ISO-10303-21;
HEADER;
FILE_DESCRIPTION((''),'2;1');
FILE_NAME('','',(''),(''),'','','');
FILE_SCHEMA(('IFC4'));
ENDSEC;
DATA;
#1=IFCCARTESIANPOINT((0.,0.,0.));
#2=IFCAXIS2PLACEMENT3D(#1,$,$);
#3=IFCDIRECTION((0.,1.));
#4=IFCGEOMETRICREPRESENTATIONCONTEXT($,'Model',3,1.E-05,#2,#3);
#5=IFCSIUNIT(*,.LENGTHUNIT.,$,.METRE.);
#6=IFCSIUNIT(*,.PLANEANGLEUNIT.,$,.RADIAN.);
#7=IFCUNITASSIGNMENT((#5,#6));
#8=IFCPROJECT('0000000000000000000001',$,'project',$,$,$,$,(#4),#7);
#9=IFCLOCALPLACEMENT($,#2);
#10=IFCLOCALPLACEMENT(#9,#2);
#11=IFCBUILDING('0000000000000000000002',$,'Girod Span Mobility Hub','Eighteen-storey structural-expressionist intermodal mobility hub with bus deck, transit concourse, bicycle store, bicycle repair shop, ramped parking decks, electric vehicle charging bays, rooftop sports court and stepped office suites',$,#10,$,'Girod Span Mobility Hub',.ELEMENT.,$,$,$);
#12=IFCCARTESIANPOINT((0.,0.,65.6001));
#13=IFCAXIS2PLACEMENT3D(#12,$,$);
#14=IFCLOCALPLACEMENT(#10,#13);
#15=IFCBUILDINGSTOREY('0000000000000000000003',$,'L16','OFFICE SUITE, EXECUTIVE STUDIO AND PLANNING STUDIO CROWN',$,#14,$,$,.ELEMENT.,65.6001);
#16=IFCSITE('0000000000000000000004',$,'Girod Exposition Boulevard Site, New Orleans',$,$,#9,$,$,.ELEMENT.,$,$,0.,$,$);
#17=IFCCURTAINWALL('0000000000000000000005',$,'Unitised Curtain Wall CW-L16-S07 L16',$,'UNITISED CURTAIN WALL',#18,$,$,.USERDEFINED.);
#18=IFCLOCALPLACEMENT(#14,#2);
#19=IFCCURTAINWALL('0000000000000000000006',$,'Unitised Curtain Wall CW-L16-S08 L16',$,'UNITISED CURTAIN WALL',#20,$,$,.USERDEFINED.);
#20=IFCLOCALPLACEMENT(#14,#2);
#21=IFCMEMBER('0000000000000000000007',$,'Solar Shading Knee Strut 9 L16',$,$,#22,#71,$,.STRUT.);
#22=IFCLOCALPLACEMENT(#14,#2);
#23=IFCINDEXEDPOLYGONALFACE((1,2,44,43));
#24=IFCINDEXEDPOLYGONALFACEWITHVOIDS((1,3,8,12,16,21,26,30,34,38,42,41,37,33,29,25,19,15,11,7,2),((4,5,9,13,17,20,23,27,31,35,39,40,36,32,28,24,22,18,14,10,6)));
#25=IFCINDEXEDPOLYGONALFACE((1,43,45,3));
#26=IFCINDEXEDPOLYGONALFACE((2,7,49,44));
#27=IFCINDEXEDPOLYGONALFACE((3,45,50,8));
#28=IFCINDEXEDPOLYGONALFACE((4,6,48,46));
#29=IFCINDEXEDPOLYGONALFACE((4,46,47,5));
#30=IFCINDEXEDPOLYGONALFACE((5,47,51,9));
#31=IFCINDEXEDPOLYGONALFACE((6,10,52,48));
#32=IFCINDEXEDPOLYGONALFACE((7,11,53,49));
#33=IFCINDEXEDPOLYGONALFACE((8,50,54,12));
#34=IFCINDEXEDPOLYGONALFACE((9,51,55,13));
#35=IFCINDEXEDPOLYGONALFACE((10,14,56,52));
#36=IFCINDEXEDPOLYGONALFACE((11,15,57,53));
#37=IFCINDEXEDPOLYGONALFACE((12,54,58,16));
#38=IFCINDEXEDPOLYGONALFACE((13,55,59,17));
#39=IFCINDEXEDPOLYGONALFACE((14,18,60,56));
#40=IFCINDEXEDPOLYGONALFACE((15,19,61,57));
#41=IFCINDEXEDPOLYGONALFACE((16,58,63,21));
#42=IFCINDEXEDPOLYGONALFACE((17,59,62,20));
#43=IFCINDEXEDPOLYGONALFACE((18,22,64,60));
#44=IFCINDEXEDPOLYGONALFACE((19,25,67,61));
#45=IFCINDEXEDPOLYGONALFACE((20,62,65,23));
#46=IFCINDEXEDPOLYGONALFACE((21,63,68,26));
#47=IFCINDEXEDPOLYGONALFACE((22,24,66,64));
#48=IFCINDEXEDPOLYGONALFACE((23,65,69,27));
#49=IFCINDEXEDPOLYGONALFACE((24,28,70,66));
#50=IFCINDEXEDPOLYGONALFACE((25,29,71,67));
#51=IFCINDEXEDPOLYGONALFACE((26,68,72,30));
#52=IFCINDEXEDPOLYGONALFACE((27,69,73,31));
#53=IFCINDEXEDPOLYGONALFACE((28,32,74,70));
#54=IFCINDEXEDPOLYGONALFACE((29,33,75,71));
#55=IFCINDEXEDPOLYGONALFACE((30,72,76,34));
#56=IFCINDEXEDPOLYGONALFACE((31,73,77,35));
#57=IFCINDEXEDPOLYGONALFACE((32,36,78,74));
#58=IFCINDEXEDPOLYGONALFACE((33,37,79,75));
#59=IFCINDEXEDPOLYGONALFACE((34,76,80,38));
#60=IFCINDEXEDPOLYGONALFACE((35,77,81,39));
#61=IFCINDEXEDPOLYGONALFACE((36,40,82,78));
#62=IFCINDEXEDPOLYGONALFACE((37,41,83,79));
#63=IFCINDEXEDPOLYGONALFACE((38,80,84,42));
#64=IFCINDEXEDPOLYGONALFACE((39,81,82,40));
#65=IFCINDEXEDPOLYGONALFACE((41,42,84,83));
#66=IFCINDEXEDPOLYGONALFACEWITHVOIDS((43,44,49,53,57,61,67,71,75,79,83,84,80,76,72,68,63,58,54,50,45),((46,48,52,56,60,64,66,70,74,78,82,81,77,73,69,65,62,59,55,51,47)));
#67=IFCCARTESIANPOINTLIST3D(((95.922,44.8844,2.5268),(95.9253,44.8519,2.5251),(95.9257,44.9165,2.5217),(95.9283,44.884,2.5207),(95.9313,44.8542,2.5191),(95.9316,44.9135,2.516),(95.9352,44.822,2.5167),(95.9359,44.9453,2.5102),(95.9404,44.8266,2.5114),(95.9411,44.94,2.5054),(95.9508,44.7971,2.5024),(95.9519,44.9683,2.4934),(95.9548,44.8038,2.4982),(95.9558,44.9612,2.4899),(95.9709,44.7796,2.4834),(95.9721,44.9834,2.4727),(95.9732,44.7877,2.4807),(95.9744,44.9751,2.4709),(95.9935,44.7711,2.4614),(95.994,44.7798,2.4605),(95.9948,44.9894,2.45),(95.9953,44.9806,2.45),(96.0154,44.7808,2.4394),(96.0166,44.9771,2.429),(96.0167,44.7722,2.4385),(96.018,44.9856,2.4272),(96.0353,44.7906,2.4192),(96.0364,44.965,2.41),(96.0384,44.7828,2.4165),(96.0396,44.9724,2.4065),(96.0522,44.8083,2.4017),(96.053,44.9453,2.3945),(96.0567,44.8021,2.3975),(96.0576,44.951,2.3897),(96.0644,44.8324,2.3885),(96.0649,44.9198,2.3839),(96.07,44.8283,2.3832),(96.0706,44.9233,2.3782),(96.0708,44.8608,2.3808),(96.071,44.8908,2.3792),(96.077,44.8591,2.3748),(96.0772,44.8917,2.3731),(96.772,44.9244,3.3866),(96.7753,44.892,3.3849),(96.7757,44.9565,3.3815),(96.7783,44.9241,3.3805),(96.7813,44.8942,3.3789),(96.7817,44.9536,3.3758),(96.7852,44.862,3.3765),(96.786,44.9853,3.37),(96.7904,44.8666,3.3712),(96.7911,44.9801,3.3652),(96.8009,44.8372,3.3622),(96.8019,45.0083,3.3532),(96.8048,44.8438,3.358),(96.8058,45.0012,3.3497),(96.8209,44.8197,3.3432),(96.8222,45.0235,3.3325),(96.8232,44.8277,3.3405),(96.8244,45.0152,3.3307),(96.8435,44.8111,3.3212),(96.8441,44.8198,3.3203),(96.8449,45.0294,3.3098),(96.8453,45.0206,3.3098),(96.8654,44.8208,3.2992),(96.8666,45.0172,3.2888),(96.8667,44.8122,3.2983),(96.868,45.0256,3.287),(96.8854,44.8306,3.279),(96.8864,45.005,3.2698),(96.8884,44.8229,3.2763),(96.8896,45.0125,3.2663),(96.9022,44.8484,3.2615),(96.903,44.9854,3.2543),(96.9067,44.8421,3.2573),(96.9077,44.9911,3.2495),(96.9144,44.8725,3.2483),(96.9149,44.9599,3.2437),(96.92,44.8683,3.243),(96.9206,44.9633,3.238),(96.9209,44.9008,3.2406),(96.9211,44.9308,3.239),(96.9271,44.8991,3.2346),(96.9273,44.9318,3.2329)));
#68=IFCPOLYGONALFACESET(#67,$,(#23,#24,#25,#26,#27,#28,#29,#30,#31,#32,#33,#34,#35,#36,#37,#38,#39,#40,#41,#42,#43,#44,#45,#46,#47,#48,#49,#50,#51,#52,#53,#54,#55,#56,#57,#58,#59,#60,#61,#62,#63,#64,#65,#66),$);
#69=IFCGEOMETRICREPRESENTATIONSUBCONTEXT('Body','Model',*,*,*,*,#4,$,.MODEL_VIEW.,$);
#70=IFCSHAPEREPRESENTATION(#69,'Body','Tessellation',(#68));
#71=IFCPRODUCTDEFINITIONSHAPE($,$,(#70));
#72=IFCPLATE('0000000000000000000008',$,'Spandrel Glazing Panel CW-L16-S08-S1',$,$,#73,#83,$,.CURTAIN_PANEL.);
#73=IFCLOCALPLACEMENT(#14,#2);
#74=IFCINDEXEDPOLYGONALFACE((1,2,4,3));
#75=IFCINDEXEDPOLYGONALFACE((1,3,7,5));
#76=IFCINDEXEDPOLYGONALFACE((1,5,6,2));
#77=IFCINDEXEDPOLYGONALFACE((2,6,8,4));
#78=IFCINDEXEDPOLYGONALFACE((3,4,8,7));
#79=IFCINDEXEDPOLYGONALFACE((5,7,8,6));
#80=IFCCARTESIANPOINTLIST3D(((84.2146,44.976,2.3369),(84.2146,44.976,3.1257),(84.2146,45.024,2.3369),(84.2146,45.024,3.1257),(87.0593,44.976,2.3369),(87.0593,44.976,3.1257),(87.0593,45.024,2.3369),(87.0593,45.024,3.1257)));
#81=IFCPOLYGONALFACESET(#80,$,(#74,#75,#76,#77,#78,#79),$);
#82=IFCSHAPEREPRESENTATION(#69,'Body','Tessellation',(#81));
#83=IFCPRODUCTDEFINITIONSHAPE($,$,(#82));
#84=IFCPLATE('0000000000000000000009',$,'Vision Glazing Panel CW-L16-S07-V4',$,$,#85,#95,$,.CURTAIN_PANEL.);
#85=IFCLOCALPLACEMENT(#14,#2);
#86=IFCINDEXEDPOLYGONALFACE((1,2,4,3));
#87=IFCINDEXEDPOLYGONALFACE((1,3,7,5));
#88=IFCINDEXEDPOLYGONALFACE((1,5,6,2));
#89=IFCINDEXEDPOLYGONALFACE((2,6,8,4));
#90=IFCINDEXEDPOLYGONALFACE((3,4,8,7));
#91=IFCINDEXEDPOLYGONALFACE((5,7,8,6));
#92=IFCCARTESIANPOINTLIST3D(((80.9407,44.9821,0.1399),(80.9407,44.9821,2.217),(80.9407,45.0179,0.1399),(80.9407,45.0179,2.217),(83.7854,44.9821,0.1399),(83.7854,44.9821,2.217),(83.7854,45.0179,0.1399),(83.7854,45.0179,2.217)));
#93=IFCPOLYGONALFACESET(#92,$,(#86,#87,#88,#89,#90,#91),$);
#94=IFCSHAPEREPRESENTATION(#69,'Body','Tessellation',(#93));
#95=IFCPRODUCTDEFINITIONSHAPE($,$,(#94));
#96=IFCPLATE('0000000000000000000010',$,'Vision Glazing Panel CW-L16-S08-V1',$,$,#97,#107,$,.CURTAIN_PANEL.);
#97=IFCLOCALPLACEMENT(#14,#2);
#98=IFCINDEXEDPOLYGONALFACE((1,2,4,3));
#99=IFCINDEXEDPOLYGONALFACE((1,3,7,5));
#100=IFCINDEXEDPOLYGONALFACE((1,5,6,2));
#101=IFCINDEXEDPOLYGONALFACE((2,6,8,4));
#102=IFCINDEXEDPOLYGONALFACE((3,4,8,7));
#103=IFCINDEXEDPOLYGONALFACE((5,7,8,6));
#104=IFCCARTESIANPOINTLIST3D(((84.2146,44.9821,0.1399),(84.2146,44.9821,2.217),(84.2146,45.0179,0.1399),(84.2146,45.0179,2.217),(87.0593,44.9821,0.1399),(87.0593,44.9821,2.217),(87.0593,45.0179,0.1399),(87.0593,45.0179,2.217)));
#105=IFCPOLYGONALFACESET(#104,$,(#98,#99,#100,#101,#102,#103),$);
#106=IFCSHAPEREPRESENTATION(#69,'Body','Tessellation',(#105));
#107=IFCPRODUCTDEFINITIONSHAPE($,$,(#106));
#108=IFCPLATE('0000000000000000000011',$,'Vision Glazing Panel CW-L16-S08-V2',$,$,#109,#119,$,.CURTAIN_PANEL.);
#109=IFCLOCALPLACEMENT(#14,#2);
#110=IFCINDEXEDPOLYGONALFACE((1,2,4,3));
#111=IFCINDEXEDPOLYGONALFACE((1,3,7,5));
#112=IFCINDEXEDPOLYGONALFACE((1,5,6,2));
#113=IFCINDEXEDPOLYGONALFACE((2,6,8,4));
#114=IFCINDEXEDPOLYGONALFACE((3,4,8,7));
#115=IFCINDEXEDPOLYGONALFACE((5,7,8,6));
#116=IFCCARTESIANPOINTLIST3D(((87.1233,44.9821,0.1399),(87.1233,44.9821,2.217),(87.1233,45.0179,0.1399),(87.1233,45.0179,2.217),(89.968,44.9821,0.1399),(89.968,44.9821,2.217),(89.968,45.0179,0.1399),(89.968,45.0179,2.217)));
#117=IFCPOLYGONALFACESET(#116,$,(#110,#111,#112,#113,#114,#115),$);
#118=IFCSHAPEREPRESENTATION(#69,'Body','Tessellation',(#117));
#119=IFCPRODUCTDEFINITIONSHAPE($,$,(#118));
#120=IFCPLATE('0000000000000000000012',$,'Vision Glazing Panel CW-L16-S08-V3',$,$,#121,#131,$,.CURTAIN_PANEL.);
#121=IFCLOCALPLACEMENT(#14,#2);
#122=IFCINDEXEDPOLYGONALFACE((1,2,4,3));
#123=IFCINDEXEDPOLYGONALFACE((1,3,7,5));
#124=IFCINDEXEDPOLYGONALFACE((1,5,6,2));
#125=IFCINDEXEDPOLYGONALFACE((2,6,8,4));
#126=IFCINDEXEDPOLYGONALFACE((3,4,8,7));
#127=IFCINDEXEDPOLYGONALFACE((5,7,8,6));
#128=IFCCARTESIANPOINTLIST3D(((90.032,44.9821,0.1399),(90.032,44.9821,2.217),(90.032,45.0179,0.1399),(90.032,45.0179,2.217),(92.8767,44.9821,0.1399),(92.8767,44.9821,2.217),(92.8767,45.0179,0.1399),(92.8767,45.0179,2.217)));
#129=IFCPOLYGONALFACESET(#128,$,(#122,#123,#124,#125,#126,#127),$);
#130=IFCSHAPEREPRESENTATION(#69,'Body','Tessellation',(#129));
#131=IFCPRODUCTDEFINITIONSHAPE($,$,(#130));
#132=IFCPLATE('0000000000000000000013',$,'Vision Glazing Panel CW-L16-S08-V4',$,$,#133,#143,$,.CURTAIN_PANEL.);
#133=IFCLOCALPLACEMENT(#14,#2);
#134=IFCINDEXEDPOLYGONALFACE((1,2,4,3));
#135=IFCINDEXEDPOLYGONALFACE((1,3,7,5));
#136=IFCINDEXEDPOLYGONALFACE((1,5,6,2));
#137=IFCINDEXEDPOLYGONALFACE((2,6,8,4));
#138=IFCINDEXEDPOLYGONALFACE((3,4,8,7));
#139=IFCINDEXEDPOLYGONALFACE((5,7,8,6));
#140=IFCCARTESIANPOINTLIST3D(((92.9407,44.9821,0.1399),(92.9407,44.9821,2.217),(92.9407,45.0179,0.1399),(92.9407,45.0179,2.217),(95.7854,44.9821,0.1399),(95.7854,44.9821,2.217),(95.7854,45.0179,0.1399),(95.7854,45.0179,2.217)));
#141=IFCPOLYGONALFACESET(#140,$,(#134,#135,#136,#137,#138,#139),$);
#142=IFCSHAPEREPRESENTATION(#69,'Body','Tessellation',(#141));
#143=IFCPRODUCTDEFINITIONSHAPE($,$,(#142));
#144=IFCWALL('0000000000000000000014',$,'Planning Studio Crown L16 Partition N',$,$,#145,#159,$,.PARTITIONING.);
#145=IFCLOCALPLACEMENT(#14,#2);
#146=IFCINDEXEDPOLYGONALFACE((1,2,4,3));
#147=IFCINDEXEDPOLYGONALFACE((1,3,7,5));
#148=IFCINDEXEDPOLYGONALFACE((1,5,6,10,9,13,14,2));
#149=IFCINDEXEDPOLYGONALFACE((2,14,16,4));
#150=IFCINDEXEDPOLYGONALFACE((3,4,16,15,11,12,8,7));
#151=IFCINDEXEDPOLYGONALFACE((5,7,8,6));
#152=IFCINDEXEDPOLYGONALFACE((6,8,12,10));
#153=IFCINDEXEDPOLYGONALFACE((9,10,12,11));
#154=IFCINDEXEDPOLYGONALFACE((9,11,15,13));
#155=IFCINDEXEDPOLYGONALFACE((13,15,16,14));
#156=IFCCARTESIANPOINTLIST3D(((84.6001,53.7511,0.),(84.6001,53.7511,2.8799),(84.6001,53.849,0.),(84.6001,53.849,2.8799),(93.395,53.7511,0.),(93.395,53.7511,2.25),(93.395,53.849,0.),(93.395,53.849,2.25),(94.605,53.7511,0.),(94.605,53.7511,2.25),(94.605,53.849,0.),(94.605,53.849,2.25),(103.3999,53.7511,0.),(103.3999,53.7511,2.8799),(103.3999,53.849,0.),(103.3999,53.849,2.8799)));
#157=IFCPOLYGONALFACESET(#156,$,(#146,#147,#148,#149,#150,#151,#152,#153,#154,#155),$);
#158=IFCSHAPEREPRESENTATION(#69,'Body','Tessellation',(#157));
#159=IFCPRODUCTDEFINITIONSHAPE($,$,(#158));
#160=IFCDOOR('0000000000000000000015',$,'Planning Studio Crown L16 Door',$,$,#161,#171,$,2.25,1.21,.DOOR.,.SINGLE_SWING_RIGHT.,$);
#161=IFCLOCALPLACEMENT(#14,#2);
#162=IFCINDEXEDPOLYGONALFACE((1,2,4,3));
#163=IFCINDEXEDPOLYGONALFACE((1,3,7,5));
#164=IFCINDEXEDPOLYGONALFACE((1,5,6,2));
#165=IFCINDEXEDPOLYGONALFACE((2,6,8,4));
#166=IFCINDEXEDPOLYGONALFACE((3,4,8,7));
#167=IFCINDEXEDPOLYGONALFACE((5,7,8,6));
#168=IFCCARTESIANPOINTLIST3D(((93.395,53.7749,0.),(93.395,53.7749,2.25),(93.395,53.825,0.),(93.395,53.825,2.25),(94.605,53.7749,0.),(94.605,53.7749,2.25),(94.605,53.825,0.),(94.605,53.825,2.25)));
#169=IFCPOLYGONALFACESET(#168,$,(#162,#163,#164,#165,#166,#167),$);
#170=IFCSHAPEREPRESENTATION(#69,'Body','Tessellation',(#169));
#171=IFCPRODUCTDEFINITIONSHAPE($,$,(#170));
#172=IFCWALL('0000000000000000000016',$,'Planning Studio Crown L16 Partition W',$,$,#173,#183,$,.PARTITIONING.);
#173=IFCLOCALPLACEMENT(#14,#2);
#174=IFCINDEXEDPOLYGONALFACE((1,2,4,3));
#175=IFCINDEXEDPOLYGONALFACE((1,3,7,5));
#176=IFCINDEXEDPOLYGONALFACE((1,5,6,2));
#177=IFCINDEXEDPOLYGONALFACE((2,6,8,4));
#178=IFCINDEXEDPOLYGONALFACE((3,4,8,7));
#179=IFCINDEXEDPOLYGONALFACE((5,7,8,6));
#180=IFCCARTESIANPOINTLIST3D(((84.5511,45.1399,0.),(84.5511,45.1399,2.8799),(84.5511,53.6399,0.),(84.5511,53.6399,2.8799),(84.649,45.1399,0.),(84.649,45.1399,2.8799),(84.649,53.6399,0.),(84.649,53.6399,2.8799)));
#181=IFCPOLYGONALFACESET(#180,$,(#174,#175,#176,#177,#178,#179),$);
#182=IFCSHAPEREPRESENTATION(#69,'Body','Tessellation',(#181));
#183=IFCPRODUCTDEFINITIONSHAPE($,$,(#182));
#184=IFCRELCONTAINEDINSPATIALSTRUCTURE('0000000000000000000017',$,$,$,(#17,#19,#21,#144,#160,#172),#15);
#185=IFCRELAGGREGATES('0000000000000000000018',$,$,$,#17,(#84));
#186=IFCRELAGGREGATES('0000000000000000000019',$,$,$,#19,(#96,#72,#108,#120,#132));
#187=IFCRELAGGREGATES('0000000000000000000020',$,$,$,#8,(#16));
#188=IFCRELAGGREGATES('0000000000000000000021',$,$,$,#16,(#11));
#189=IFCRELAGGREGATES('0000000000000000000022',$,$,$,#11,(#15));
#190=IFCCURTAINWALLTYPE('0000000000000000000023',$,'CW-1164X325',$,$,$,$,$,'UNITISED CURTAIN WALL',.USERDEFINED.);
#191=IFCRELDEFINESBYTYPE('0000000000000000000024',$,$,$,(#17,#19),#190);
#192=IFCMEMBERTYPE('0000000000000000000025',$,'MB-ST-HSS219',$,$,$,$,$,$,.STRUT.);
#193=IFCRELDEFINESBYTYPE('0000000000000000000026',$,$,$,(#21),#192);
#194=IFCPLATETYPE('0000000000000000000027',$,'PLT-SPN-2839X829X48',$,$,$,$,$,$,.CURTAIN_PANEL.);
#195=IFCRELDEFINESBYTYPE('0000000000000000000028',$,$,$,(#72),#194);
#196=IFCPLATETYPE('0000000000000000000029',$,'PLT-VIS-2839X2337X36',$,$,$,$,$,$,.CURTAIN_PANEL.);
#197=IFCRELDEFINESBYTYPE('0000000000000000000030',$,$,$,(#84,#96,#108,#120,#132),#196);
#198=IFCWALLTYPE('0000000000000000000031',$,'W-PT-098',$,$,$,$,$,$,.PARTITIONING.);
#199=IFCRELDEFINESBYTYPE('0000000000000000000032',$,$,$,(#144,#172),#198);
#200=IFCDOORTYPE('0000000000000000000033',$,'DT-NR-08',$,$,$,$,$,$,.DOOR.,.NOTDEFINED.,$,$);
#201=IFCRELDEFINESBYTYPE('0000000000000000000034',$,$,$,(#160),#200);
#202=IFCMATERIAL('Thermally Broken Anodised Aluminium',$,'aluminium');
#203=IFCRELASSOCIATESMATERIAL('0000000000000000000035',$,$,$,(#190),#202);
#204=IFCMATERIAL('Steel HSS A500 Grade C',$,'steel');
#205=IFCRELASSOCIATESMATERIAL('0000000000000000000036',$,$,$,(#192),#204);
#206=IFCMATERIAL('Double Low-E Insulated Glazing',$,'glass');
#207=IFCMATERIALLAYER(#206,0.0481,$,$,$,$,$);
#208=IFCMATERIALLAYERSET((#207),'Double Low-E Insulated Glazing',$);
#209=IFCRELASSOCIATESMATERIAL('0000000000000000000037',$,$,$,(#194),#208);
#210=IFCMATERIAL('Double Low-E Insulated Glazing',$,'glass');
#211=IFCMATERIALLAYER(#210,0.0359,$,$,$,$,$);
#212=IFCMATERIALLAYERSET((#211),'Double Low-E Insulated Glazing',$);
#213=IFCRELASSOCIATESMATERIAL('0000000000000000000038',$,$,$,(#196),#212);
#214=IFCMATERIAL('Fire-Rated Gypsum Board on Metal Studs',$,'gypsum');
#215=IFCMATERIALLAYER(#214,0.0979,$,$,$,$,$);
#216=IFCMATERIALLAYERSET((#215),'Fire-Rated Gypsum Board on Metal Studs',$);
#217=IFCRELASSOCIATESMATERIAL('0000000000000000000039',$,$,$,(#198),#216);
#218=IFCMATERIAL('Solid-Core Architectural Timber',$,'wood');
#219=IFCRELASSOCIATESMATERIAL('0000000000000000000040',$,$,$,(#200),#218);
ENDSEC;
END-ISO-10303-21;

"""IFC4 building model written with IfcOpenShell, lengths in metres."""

from ifc_helpers import new_model, si_unit, direction, frame, frame_2d, origin, origin_2d, place, context, subcontext, project, spatial, rectangle, hollow_circle, extrude, material, layer, layer_set, material_profile, profile_set, type_object, element, fill, aggregate, save


model = new_model("IFC4")

# Units and contexts
model_context = context("Model", 3, precision=1e-05, world=origin(), true_north=direction((0.0, 1.0)))
body_context = subcontext(model_context, "Body", "Model", "MODEL_VIEW")
ifc_project = project(units=[si_unit("LENGTHUNIT", "METRE"), si_unit("PLANEANGLEUNIT", "RADIAN")], contexts=[model_context])

# Site, building, storey
site_placement = place(None, origin())
site = spatial("IfcSite", under=ifc_project, at=site_placement, Name="Girod Exposition Boulevard Site, New Orleans", CompositionType="ELEMENT", RefElevation=0.0)
building_placement = place(site_placement, origin())
building = spatial("IfcBuilding", under=site, at=building_placement, Name="Girod Span Mobility Hub", Description="Eighteen-storey structural-expressionist intermodal mobility hub with bus deck, transit concourse, bicycle store, bicycle repair shop, ramped parking decks, electric vehicle charging bays, rooftop sports court and stepped office suites", LongName="Girod Span Mobility Hub", CompositionType="ELEMENT")
storey_placement = place(building_placement, frame((0.0, 0.0, 65.6001)))
storey = spatial("IfcBuildingStorey", under=building, at=storey_placement, Name="L16", Description="OFFICE SUITE, EXECUTIVE STUDIO AND PLANNING STUDIO CROWN", CompositionType="ELEMENT", Elevation=65.6001)

# Curtain wall
ifc_material_1 = material(Name="Thermally Broken Anodised Aluminium", Category="aluminium")
curtain_wall_type = type_object("IfcCurtainWallType", Name="CW-1164X325", ElementType="UNITISED CURTAIN WALL", PredefinedType="USERDEFINED", material=ifc_material_1)
curtain_wall_1_placement = place(storey_placement, origin())
curtain_wall_1 = element("IfcCurtainWall", 1, at=curtain_wall_1_placement, inside=storey, type_object=curtain_wall_type, Name="Unitised Curtain Wall CW-L16-S07 L16", ObjectType="UNITISED CURTAIN WALL", PredefinedType="USERDEFINED")

# Curtain wall
curtain_wall_2_placement = place(storey_placement, origin())
curtain_wall_2 = element("IfcCurtainWall", 2, at=curtain_wall_2_placement, inside=storey, type_object=curtain_wall_type, Name="Unitised Curtain Wall CW-L16-S08 L16", ObjectType="UNITISED CURTAIN WALL", PredefinedType="USERDEFINED")

# Member
ifc_material_2 = material(Name="Steel HSS A500 Grade C", Category="steel")
ifc_material_profile_1 = material_profile(ifc_material_2, hollow_circle(Radius=0.1096, WallThickness=0.0088, at=origin_2d()), Name="HSS219X9.5")
ifc_profile_set_1 = profile_set([ifc_material_profile_1], Name="Steel HSS A500 Grade C")
member_type_1 = type_object("IfcMemberType", Name="MB-ST-HSS219", PredefinedType="STRUT", material=ifc_profile_set_1)
for number, where, z_axis, x_axis, name in (
    (3, (96.0, 44.8799, 2.45), (0.702672, 0.033095, 0.710744), (-0.047047, 0.998893, 0.0), "Solar Shading Knee Strut 9 L16"),
):
    element("IfcMember", number, at=place(storey_placement, frame(where, z_axis=z_axis, x_axis=x_axis)), inside=storey, type_object=member_type_1, Name=name, PredefinedType="STRUT", context=body_context, shape_type="SweptSolid", body=[
        extrude(hollow_circle(Radius=0.1096, WallThickness=0.0088, at=origin_2d()), origin(), (0.0, 0.0, 1.0), 1.2097),
    ])

# Plates
ifc_material_3 = material(Name="Double Low-E Insulated Glazing", Category="glass")
ifc_layer_1 = layer(ifc_material_3, 0.0481)
ifc_layer_set_1 = layer_set([ifc_layer_1], Name="Double Low-E Insulated Glazing")
plate_type_1 = type_object("IfcPlateType", Name="PLT-SPN-2839X829X48", PredefinedType="CURTAIN_PANEL", material=ifc_layer_set_1)
plate_1_placement = place(storey_placement, frame((85.637, 45.0, 2.3369), z_axis=(0.0, 0.0, 1.0), x_axis=(1.0, 0.0, 0.0)))
plate_1 = element("IfcPlate", 4, at=plate_1_placement, type_object=plate_type_1, Name="Spandrel Glazing Panel CW-L16-S08-S1", PredefinedType="CURTAIN_PANEL", context=body_context, shape_type="SweptSolid", body=[
    extrude(rectangle(XDim=2.8447, YDim=0.0481, at=origin_2d()), origin(), (0.0, 0.0, 1.0), 0.7888),
])
ifc_material_4 = material(Name="Double Low-E Insulated Glazing", Category="glass")
ifc_layer_2 = layer(ifc_material_4, 0.0359)
ifc_layer_set_2 = layer_set([ifc_layer_2], Name="Double Low-E Insulated Glazing")
plate_type_2 = type_object("IfcPlateType", Name="PLT-VIS-2839X2337X36", PredefinedType="CURTAIN_PANEL", material=ifc_layer_set_2)
plate_2_placement = place(storey_placement, frame((82.363, 45.0, 0.1399), z_axis=(0.0, 0.0, 1.0), x_axis=(1.0, 0.0, 0.0)))
plate_2 = element("IfcPlate", 5, at=plate_2_placement, type_object=plate_type_2, Name="Vision Glazing Panel CW-L16-S07-V4", PredefinedType="CURTAIN_PANEL", context=body_context, shape_type="SweptSolid", body=[
    extrude(rectangle(XDim=2.8447, YDim=0.0359, at=origin_2d()), origin(), (0.0, 0.0, 1.0), 2.0771),
])
aggregate(curtain_wall_1, [plate_2])
plate_3_placement = place(storey_placement, frame((85.637, 45.0, 0.1399), z_axis=(0.0, 0.0, 1.0), x_axis=(1.0, 0.0, 0.0)))
plate_3 = element("IfcPlate", 6, at=plate_3_placement, type_object=plate_type_2, Name="Vision Glazing Panel CW-L16-S08-V1", PredefinedType="CURTAIN_PANEL", context=body_context, shape_type="SweptSolid", body=[
    extrude(rectangle(XDim=2.8447, YDim=0.0359, at=origin_2d()), origin(), (0.0, 0.0, 1.0), 2.0771),
])
plate_4_placement = place(storey_placement, frame((88.5457, 45.0, 0.1399), z_axis=(0.0, 0.0, 1.0), x_axis=(1.0, 0.0, 0.0)))
plate_4 = element("IfcPlate", 7, at=plate_4_placement, type_object=plate_type_2, Name="Vision Glazing Panel CW-L16-S08-V2", PredefinedType="CURTAIN_PANEL", context=body_context, shape_type="SweptSolid", body=[
    extrude(rectangle(XDim=2.8447, YDim=0.0359, at=origin_2d()), origin(), (0.0, 0.0, 1.0), 2.0771),
])
plate_5_placement = place(storey_placement, frame((91.4543, 45.0, 0.1399), z_axis=(0.0, 0.0, 1.0), x_axis=(1.0, 0.0, 0.0)))
plate_5 = element("IfcPlate", 8, at=plate_5_placement, type_object=plate_type_2, Name="Vision Glazing Panel CW-L16-S08-V3", PredefinedType="CURTAIN_PANEL", context=body_context, shape_type="SweptSolid", body=[
    extrude(rectangle(XDim=2.8447, YDim=0.0359, at=origin_2d()), origin(), (0.0, 0.0, 1.0), 2.0771),
])
plate_6_placement = place(storey_placement, frame((94.363, 45.0, 0.1399), z_axis=(0.0, 0.0, 1.0), x_axis=(1.0, 0.0, 0.0)))
plate_6 = element("IfcPlate", 9, at=plate_6_placement, type_object=plate_type_2, Name="Vision Glazing Panel CW-L16-S08-V4", PredefinedType="CURTAIN_PANEL", context=body_context, shape_type="SweptSolid", body=[
    extrude(rectangle(XDim=2.8447, YDim=0.0359, at=origin_2d()), origin(), (0.0, 0.0, 1.0), 2.0771),
])
aggregate(curtain_wall_2, [plate_3, plate_1, plate_4, plate_5, plate_6])

# Wall, opening, door
ifc_material_5 = material(Name="Fire-Rated Gypsum Board on Metal Studs", Category="gypsum")
ifc_layer_3 = layer(ifc_material_5, 0.0979)
ifc_layer_set_3 = layer_set([ifc_layer_3], Name="Fire-Rated Gypsum Board on Metal Studs")
wall_type_1 = type_object("IfcWallType", Name="W-PT-098", PredefinedType="PARTITIONING", material=ifc_layer_set_3)
wall_1_placement = place(storey_placement, frame((84.6001, 53.8, 0.0), z_axis=(0.0, 0.0, 1.0), x_axis=(1.0, 0.0, 0.0)))
wall_1 = element("IfcWall", 10, at=wall_1_placement, inside=storey, type_object=wall_type_1, Name="Planning Studio Crown L16 Partition N", PredefinedType="PARTITIONING", context=body_context, shape_type="SweptSolid", body=[
    extrude(rectangle(XDim=18.7998, YDim=0.0979, at=frame_2d((9.3999, 0.0))), origin(), (0.0, 0.0, 1.0), 2.8799),
])
opening_placement = place(wall_1_placement, frame((8.7949, 0.0, 0.0)))
opening = element("IfcOpeningElement", 11, at=opening_placement, cuts=wall_1, PredefinedType="OPENING", context=body_context, shape_type="SweptSolid", body=[
    extrude(rectangle(XDim=1.21, YDim=2.25, at=frame_2d((0.605, 1.125))), frame((0.0, 0.064, 0.0), z_axis=(0.0, -1.0, 0.0), x_axis=(1.0, 0.0, 0.0)), (0.0, 0.0, 1.0), 0.1279),
])
ifc_material_6 = material(Name="Solid-Core Architectural Timber", Category="wood")
door_type = type_object("IfcDoorType", Name="DT-NR-08", OperationType="NOTDEFINED", PredefinedType="DOOR", material=ifc_material_6)
door_placement = place(opening_placement, origin())
door = element("IfcDoor", 12, at=door_placement, inside=storey, type_object=door_type, Name="Planning Studio Crown L16 Door", OperationType="SINGLE_SWING_RIGHT", OverallHeight=2.25, OverallWidth=1.21, PredefinedType="DOOR", context=body_context, shape_type="SweptSolid", body=[
    extrude(rectangle(XDim=1.21, YDim=2.25, at=frame_2d((0.605, 1.125))), frame((0.0, 0.0249, 0.0), z_axis=(0.0, -1.0, 0.0), x_axis=(1.0, 0.0, 0.0)), (0.0, 0.0, 1.0), 0.05),
])
fill(opening, door)

# Wall
wall_2_placement = place(storey_placement, frame((84.6001, 45.1399, 0.0), z_axis=(0.0, 0.0, 1.0), x_axis=(0.0, 1.0, 0.0)))
element("IfcWall", 13, at=wall_2_placement, inside=storey, type_object=wall_type_1, Name="Planning Studio Crown L16 Partition W", PredefinedType="PARTITIONING", context=body_context, shape_type="SweptSolid", body=[
    extrude(rectangle(XDim=8.5, YDim=0.0979, at=frame_2d((4.25, 0.0))), origin(), (0.0, 0.0, 1.0), 2.8799),
])

save(model, "model.ifc")
